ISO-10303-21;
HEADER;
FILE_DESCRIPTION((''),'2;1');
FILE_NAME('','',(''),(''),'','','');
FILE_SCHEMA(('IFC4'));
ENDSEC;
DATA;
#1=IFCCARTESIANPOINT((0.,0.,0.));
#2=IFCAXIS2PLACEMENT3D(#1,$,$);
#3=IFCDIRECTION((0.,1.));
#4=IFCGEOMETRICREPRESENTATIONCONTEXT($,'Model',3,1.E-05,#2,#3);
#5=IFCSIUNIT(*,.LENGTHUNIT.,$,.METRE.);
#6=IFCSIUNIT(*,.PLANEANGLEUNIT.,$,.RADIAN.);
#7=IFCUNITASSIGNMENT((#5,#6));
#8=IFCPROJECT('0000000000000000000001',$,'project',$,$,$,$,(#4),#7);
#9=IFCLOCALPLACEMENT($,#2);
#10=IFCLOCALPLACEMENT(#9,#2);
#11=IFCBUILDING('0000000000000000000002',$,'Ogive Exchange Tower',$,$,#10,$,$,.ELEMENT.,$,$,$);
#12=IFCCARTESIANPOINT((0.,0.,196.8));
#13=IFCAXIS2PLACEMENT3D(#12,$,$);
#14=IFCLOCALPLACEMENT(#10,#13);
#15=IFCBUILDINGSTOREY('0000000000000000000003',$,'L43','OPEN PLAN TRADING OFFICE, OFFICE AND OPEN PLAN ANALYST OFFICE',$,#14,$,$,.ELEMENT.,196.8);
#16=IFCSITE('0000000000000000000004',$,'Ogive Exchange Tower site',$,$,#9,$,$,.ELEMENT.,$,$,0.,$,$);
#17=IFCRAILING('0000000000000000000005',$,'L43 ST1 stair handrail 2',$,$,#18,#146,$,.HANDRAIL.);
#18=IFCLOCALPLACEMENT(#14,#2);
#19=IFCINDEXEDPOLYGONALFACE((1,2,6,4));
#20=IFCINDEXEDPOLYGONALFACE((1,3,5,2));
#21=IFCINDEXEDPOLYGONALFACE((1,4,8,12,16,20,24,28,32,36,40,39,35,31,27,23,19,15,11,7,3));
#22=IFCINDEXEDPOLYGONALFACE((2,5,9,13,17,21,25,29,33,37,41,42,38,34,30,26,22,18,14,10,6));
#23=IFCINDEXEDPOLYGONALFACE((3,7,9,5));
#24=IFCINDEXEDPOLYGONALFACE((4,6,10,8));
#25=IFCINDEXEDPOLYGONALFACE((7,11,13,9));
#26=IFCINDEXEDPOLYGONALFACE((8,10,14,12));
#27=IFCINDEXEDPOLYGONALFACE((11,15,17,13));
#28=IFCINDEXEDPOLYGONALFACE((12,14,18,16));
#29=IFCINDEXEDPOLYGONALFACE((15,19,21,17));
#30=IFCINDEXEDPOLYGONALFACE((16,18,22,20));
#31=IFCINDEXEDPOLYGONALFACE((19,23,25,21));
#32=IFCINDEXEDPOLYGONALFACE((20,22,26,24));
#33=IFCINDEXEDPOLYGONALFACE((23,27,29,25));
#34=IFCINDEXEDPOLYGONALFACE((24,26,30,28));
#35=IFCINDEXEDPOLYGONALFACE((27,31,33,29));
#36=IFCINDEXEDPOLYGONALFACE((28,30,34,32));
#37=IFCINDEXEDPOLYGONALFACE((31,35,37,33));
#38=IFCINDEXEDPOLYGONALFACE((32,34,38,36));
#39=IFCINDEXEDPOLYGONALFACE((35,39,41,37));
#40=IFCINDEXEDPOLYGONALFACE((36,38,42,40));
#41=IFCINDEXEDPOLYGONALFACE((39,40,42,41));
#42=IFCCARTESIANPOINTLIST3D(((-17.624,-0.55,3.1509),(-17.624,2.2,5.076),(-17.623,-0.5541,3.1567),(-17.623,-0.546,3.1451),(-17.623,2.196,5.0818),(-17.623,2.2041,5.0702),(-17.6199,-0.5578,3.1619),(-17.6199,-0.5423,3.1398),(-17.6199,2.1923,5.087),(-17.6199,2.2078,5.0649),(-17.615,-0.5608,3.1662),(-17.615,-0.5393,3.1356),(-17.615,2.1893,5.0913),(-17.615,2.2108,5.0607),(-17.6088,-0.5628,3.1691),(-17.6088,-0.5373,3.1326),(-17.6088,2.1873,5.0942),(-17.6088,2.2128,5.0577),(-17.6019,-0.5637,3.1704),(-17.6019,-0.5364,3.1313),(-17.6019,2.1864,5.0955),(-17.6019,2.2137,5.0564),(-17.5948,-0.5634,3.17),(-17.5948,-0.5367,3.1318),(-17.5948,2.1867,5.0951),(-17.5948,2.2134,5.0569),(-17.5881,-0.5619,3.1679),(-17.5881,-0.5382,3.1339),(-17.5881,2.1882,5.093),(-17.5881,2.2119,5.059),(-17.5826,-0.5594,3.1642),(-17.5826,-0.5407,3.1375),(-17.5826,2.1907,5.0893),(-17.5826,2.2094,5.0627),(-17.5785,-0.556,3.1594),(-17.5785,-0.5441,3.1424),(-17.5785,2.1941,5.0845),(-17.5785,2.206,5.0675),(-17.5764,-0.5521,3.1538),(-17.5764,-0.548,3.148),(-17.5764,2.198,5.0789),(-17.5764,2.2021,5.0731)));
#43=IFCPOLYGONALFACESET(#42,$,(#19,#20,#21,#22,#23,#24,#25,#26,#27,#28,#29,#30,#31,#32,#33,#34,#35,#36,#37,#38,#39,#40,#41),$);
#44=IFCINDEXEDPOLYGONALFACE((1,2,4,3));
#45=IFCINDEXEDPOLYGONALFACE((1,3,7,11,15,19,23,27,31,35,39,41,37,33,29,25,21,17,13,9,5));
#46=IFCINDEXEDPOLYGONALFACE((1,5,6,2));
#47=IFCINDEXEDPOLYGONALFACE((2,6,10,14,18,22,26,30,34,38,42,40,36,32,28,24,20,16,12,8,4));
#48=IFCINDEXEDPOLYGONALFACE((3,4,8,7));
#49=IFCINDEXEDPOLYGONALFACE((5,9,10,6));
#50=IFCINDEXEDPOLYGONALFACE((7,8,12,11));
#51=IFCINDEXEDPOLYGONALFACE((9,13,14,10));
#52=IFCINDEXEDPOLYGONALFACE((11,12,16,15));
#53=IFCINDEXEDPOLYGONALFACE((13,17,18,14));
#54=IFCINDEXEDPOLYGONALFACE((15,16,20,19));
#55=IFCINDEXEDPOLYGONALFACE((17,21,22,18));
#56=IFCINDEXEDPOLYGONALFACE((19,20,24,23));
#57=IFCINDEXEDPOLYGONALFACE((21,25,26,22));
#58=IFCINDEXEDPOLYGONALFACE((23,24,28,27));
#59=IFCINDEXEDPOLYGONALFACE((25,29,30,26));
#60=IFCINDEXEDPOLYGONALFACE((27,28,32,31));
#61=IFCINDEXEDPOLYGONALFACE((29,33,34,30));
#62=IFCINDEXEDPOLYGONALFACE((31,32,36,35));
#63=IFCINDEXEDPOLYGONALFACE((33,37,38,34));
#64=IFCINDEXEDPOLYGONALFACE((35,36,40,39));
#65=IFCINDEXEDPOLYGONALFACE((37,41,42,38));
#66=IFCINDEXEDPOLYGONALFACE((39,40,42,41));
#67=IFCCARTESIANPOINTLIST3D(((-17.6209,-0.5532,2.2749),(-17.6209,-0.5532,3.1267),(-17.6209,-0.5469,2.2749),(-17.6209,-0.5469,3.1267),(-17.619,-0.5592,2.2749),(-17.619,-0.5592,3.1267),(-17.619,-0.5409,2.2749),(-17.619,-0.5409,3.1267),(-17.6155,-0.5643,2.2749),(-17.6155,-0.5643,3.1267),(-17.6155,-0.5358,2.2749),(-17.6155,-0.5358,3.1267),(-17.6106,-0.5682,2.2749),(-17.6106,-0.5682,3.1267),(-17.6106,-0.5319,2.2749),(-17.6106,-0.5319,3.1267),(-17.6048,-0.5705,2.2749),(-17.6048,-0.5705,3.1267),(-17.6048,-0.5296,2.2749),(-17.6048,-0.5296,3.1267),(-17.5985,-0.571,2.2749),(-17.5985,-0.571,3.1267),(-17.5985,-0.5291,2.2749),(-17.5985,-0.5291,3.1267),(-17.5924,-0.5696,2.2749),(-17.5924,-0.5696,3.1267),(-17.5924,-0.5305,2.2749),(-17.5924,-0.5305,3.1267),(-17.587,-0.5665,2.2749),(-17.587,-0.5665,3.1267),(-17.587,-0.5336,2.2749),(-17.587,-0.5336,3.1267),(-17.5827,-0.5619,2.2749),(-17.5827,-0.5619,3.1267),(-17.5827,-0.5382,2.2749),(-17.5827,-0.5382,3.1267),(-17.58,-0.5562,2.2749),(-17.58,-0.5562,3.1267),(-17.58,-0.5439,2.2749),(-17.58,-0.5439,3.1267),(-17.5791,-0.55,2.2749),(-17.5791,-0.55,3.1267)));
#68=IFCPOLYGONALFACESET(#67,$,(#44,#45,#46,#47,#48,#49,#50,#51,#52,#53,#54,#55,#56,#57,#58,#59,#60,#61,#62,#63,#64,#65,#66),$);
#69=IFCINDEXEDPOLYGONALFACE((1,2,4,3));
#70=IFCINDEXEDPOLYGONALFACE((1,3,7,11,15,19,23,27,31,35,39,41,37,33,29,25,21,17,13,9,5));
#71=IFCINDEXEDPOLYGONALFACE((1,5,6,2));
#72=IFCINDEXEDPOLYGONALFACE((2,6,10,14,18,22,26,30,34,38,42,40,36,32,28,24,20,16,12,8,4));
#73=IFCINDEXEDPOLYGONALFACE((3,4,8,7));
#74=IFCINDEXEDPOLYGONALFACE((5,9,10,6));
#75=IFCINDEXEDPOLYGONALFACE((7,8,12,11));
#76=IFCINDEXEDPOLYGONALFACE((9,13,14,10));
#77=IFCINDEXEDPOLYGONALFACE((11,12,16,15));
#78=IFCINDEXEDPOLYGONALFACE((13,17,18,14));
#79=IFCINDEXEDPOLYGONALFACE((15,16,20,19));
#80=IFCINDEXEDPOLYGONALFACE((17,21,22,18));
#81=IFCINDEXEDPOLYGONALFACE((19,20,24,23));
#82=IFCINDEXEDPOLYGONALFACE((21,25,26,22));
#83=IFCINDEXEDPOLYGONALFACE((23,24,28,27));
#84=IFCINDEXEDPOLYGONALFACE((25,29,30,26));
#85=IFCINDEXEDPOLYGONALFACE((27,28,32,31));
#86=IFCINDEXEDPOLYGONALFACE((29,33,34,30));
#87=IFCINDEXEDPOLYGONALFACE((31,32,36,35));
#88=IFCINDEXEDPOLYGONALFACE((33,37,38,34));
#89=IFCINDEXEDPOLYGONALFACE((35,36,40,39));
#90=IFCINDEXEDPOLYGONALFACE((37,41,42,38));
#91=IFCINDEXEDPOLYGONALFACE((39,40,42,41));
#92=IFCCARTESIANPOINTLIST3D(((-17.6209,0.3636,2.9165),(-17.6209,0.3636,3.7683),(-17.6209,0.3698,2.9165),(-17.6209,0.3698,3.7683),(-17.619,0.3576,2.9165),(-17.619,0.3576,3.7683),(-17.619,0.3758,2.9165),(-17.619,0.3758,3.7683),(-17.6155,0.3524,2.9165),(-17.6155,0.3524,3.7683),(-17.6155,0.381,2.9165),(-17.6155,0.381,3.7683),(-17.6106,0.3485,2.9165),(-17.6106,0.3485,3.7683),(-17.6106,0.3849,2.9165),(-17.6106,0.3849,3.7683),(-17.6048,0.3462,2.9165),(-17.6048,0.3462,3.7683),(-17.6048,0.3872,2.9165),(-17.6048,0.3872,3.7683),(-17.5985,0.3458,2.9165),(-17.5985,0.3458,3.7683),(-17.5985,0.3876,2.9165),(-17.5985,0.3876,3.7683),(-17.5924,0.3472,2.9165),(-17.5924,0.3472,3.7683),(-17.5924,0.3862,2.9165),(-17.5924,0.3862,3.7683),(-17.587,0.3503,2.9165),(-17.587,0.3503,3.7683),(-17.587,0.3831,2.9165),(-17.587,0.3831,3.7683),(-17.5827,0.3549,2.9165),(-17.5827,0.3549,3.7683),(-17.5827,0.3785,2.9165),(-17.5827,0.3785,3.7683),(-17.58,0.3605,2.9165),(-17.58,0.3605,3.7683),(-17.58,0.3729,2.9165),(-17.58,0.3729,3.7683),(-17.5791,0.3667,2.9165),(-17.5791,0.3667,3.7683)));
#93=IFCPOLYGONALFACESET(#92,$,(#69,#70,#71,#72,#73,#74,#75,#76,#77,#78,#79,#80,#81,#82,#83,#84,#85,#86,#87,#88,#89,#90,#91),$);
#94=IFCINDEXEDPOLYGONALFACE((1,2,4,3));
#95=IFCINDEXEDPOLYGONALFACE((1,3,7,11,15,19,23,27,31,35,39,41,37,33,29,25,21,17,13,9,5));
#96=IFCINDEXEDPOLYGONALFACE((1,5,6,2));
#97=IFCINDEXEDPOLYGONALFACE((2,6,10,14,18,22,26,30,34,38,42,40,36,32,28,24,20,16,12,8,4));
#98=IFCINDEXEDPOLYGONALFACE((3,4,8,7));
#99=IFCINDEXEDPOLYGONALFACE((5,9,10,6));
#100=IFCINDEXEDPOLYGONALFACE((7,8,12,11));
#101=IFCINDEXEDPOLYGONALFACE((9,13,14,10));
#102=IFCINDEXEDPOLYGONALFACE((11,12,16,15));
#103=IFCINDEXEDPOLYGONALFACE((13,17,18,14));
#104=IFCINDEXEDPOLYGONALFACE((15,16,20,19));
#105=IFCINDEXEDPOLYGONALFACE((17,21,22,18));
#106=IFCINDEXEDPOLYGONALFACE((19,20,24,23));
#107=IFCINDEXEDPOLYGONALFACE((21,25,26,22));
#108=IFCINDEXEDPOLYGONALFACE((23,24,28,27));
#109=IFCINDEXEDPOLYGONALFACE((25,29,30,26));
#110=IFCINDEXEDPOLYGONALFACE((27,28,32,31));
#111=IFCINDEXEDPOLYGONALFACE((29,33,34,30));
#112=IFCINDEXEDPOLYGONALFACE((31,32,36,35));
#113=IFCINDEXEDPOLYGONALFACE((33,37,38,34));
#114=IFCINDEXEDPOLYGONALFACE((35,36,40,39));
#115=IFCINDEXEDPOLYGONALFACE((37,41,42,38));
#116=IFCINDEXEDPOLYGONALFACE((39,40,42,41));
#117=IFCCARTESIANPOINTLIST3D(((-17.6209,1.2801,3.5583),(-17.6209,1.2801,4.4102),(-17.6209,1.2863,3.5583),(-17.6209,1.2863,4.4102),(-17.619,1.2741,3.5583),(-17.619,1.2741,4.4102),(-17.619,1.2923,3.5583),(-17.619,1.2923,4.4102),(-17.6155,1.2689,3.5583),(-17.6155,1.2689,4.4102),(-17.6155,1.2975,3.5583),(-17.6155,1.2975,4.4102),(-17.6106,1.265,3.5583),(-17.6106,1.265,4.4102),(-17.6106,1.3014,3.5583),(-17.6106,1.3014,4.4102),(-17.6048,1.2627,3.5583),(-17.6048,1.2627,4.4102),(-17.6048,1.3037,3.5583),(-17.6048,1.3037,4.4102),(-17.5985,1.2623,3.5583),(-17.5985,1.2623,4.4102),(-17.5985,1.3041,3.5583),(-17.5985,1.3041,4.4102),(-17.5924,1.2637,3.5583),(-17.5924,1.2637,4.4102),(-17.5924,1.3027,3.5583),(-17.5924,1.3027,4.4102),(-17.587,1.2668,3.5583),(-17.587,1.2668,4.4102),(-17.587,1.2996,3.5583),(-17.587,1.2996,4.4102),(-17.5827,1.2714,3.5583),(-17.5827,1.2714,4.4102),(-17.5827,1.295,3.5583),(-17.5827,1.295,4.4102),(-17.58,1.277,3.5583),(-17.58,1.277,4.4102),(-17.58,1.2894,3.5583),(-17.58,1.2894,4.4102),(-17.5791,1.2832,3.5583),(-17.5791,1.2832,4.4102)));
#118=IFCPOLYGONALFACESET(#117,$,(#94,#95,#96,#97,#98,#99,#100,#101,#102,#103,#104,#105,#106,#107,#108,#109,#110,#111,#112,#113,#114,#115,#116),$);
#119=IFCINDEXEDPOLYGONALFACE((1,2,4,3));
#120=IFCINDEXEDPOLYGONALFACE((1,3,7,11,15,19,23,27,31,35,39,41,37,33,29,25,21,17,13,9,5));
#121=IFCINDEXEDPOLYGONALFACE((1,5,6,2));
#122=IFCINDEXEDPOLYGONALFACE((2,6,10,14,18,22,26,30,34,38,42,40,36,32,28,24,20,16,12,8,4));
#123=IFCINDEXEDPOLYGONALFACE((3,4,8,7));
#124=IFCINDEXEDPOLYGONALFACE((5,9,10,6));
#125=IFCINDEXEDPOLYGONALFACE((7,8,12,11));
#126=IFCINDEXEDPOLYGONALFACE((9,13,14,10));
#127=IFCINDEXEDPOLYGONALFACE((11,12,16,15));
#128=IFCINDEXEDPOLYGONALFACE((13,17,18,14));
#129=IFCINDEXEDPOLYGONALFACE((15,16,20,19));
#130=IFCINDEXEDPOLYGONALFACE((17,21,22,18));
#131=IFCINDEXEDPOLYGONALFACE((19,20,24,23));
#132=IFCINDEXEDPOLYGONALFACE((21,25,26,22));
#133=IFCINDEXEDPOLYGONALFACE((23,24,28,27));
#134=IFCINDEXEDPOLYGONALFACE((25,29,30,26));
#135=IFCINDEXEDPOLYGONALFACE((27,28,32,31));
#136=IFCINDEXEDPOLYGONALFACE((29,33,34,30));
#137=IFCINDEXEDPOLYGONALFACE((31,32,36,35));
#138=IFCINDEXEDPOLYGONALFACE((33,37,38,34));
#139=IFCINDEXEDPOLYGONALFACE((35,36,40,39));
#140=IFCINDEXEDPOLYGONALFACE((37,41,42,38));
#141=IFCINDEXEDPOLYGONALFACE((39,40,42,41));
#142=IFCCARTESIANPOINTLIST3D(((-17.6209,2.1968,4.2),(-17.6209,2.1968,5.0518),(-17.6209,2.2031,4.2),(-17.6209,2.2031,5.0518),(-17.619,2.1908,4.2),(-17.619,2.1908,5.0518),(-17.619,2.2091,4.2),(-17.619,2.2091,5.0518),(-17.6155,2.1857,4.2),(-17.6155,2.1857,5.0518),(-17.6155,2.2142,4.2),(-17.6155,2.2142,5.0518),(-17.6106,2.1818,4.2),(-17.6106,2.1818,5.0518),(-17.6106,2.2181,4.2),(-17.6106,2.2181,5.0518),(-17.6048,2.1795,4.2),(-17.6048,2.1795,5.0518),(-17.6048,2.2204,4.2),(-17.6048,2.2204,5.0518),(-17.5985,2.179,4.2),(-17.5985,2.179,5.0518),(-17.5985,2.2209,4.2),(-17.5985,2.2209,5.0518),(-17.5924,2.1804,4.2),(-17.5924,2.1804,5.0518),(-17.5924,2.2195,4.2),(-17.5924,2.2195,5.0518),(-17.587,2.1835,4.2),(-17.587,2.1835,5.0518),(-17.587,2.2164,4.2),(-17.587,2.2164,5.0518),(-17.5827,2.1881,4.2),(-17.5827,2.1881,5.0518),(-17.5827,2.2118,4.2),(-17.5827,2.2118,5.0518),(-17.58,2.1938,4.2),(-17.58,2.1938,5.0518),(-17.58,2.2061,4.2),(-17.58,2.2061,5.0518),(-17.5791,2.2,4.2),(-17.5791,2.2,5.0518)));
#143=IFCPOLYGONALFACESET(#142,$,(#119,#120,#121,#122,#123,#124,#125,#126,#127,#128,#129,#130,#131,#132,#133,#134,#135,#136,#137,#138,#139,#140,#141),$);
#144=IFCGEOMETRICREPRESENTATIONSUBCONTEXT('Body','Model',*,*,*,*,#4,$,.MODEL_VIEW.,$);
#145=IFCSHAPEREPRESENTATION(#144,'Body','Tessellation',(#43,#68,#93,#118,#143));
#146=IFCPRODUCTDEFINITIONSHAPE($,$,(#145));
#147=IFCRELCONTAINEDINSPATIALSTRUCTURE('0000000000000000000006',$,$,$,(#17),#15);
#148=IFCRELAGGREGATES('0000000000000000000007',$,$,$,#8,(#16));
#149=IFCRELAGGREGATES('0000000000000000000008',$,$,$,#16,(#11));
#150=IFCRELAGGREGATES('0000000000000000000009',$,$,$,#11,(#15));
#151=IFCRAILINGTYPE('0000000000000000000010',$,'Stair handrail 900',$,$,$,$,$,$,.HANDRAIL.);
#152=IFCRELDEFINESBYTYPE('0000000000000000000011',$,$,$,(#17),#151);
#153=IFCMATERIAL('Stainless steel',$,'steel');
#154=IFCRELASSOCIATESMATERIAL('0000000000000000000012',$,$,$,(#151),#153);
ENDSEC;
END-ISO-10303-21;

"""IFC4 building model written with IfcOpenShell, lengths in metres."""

from ifc_helpers import new_model, si_unit, direction, frame, origin, origin_2d, place, context, subcontext, project, spatial, circle, extrude, material, type_object, element, save


model = new_model("IFC4")

# Units and contexts
model_context = context("Model", 3, precision=1e-05, world=origin(), true_north=direction((0.0, 1.0)))
body_context = subcontext(model_context, "Body", "Model", "MODEL_VIEW")
ifc_project = project(units=[si_unit("LENGTHUNIT", "METRE"), si_unit("PLANEANGLEUNIT", "RADIAN")], contexts=[model_context])

# Site, building, storey
site_placement = place(None, origin())
site = spatial("IfcSite", under=ifc_project, at=site_placement, Name="Ogive Exchange Tower site", CompositionType="ELEMENT", RefElevation=0.0)
building_placement = place(site_placement, origin())
building = spatial("IfcBuilding", under=site, at=building_placement, Name="Ogive Exchange Tower", CompositionType="ELEMENT")
storey_placement = place(building_placement, frame((0.0, 0.0, 196.8)))
storey = spatial("IfcBuildingStorey", under=building, at=storey_placement, Name="L43", Description="OPEN PLAN TRADING OFFICE, OFFICE AND OPEN PLAN ANALYST OFFICE", CompositionType="ELEMENT", Elevation=196.8)

# Shared definitions
ifc_material_1 = material(Name="Stainless steel", Category="steel")

# Railing
railing_type = type_object("IfcRailingType", Name="Stair handrail 900", PredefinedType="HANDRAIL", material=ifc_material_1)
railing_1_placement = place(storey_placement, frame((-17.6001, -0.55, 2.2749)))
element("IfcRailing", 1, at=railing_1_placement, inside=storey, type_object=railing_type, Name="L43 ST1 stair handrail 2", PredefinedType="HANDRAIL", context=body_context, shape_type="SweptSolid", body=[
    extrude(circle(Radius=0.0239, at=origin_2d()), frame((0.0, 0.0, 0.876), z_axis=(0.0, 0.819225, 0.573472), x_axis=(-1.0, 0.0, 0.0)), (0.0, 0.0, 1.0), 3.3569),
    extrude(circle(Radius=0.021, at=origin_2d()), origin(), (0.0, 0.0, 1.0), 0.8518),
    extrude(circle(Radius=0.021, at=origin_2d()), frame((0.0, 0.9167, 0.6416)), (0.0, 0.0, 1.0), 0.8518),
    extrude(circle(Radius=0.021, at=origin_2d()), frame((0.0, 1.8333, 1.2834)), (0.0, 0.0, 1.0), 0.8518),
    extrude(circle(Radius=0.021, at=origin_2d()), frame((0.0, 2.75, 1.925)), (0.0, 0.0, 1.0), 0.8518),
])

save(model, "model.ifc")
